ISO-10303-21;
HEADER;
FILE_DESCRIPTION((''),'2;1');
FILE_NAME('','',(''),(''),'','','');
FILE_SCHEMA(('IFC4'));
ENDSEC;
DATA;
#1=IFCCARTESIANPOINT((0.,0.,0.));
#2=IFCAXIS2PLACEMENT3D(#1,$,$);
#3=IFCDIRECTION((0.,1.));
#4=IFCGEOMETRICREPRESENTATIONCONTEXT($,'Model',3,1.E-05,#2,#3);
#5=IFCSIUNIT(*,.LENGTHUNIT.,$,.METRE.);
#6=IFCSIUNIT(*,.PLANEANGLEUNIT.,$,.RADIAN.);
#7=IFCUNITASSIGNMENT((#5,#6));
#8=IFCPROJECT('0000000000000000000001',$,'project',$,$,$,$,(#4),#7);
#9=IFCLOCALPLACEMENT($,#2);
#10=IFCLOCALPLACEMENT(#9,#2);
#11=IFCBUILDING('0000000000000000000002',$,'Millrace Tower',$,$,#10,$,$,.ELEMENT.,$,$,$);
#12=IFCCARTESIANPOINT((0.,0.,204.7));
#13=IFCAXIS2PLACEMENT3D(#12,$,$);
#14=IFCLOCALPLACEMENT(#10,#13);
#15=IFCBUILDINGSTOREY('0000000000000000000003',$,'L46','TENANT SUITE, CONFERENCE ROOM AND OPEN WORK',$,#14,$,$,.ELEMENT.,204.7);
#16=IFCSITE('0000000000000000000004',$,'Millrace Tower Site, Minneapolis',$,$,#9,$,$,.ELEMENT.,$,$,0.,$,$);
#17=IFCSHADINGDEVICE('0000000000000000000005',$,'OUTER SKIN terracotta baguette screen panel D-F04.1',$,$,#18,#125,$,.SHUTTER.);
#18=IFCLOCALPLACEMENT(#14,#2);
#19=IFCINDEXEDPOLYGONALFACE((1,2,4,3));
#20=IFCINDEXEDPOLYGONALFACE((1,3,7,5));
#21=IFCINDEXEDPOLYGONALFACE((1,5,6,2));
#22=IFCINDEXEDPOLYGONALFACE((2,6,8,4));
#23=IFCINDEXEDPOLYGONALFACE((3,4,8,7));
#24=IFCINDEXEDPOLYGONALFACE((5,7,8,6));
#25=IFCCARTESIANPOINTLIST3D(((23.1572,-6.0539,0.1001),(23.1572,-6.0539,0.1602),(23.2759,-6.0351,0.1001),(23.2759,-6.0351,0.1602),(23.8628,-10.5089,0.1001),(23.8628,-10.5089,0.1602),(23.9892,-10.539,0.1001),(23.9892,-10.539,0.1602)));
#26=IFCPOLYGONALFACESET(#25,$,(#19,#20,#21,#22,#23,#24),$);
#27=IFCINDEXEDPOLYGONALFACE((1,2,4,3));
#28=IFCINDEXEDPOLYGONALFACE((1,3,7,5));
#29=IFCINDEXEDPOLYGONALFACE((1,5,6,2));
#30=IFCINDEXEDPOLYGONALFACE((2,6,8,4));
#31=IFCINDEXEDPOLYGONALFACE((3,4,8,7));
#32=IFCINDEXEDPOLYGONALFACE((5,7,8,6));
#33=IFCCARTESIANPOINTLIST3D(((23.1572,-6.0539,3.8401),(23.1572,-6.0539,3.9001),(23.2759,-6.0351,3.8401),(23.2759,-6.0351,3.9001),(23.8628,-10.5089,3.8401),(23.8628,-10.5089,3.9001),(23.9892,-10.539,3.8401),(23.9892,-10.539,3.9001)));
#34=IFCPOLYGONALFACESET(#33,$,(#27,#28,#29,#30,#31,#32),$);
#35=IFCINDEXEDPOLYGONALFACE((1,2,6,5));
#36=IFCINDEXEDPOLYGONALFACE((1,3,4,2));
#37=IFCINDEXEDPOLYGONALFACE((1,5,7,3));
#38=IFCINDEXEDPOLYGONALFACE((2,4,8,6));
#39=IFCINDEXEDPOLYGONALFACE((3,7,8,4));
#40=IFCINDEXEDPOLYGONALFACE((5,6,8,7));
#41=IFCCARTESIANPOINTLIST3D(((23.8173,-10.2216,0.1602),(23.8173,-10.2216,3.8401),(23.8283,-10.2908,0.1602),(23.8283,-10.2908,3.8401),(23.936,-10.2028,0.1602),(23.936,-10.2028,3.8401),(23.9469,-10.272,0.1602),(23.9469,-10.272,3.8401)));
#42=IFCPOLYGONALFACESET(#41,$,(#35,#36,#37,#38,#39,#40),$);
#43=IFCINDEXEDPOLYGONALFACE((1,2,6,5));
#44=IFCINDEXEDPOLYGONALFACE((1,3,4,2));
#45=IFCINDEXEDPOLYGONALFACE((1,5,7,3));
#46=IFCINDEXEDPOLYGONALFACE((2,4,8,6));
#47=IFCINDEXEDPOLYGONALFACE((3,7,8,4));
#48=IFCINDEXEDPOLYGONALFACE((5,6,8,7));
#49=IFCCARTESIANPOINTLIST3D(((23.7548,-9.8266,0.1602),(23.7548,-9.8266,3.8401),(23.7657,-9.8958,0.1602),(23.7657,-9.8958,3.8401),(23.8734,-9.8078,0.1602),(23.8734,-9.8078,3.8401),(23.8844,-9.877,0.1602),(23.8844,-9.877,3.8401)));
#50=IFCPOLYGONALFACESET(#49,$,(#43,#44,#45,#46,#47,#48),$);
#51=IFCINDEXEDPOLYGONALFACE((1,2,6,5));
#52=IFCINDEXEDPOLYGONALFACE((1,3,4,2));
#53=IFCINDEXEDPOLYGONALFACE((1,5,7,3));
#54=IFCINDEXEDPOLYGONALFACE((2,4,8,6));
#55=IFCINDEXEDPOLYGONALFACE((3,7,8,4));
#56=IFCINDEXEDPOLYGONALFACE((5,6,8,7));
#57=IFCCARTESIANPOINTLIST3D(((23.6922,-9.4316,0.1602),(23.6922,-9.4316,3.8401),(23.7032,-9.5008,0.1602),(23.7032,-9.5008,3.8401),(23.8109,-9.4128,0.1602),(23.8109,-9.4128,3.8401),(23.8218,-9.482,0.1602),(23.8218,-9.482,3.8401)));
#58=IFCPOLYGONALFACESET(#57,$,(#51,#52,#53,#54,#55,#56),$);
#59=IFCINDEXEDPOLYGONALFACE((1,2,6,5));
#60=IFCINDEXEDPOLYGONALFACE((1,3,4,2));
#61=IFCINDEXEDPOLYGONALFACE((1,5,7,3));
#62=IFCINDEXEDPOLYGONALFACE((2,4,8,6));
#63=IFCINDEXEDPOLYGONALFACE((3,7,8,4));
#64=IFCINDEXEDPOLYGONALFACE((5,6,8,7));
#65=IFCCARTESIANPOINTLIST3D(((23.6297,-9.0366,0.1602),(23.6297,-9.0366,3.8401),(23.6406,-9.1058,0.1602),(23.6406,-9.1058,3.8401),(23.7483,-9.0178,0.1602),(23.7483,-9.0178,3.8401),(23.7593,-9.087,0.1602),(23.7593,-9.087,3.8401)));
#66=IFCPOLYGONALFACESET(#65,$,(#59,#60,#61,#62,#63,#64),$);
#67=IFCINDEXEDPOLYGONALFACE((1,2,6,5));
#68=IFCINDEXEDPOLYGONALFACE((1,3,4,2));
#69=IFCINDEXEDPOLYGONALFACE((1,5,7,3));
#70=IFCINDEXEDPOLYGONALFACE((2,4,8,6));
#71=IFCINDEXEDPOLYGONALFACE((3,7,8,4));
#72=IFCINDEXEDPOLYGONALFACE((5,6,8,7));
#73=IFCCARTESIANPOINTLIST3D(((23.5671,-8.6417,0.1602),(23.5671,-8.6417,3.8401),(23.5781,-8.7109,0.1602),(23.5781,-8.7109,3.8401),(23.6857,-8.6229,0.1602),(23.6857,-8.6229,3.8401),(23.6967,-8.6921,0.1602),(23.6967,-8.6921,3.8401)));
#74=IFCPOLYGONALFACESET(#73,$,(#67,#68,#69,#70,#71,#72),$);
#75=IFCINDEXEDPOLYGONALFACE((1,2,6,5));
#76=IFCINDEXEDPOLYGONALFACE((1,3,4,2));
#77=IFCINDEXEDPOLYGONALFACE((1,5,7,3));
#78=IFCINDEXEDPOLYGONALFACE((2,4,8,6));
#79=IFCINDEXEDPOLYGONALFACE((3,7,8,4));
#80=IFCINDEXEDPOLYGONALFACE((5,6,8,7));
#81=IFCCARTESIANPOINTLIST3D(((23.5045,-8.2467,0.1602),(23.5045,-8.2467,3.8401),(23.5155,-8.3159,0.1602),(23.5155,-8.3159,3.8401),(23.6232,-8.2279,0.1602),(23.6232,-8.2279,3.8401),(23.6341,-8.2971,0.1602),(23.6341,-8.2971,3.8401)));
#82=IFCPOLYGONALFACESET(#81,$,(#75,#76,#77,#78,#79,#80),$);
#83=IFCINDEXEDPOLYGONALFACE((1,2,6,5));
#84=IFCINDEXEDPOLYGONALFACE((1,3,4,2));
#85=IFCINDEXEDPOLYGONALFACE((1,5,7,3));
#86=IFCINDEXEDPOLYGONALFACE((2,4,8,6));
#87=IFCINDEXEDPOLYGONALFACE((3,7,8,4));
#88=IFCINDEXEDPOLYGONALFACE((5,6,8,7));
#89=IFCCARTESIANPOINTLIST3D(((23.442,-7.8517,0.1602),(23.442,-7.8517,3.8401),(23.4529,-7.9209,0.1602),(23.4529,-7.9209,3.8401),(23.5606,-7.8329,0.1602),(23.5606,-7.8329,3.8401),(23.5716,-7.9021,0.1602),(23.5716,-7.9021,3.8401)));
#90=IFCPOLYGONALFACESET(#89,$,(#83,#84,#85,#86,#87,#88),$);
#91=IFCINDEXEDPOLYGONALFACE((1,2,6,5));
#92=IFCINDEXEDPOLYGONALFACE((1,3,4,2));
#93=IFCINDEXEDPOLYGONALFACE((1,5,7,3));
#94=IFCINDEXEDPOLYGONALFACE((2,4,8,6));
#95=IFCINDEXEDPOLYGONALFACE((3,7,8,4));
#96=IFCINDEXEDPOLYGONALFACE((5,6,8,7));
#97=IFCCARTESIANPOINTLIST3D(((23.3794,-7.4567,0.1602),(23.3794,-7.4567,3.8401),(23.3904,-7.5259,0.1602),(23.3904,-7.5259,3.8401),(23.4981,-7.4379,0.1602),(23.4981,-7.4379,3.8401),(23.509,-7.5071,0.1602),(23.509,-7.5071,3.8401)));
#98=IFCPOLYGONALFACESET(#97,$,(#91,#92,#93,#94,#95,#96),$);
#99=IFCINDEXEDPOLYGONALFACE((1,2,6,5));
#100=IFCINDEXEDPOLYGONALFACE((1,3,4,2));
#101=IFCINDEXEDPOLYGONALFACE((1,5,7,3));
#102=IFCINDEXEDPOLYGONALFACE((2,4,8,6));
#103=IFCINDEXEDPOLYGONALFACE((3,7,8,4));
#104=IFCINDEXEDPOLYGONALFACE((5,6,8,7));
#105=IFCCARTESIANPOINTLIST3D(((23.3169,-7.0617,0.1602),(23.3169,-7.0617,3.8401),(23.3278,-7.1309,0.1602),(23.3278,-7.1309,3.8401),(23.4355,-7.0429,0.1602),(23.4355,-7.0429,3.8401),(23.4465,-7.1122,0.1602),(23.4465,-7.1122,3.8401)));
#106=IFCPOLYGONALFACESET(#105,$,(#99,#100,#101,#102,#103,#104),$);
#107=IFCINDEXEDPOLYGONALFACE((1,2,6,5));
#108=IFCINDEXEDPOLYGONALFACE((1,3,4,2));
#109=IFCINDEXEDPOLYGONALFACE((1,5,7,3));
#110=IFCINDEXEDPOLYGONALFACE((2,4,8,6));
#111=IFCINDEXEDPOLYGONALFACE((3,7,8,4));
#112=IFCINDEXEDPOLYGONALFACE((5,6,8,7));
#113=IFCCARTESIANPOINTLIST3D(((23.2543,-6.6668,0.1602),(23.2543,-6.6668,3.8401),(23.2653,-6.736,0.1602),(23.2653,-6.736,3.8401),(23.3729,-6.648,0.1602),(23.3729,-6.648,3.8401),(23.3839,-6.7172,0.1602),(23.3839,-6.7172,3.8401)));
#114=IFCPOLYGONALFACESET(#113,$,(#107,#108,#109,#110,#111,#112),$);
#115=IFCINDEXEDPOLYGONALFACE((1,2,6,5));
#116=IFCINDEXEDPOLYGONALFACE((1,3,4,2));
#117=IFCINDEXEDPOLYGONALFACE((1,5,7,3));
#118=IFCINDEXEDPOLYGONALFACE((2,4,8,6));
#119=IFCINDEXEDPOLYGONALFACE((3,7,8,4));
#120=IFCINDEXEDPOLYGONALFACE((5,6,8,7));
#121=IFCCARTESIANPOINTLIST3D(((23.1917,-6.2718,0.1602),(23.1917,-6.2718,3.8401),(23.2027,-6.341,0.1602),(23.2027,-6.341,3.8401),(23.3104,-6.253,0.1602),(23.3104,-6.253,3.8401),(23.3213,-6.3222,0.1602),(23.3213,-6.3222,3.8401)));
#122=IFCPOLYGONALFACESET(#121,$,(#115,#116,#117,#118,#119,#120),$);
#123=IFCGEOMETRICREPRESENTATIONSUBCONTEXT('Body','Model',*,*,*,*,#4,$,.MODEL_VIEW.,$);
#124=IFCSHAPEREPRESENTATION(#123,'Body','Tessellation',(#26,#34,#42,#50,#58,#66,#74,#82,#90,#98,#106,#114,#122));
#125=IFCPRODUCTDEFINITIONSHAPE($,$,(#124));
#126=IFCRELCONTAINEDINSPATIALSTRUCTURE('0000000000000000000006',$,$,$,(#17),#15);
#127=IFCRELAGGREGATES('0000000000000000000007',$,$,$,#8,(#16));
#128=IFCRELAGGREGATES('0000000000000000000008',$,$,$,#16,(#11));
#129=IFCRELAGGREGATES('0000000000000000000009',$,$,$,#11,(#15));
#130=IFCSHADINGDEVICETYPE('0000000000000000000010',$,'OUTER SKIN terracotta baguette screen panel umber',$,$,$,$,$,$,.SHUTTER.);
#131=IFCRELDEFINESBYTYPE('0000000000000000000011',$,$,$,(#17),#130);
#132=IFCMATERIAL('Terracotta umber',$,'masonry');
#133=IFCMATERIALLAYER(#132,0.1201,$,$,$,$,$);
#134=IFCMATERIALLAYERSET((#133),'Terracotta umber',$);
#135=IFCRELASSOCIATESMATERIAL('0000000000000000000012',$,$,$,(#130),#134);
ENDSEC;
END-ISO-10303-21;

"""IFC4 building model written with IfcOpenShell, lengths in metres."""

from ifc_helpers import new_model, entity, si_unit, direction, frame, frame_2d, origin, place, context, subcontext, project, spatial, rectangle, extrude, source, transform, mapped, material, layer, layer_set, type_object, element, save


model = new_model("IFC4")

# Units and contexts
model_context = context("Model", 3, precision=1e-05, world=origin(), true_north=direction((0.0, 1.0)))
body_context = subcontext(model_context, "Body", "Model", "MODEL_VIEW")
ifc_project = project(units=[si_unit("LENGTHUNIT", "METRE"), si_unit("PLANEANGLEUNIT", "RADIAN")], contexts=[model_context])

# Site, building, storey
site_placement = place(None, origin())
site = spatial("IfcSite", under=ifc_project, at=site_placement, Name="Millrace Tower Site, Minneapolis", CompositionType="ELEMENT", RefElevation=0.0)
building_placement = place(site_placement, origin())
building = spatial("IfcBuilding", under=site, at=building_placement, Name="Millrace Tower", CompositionType="ELEMENT")
storey_placement = place(building_placement, frame((0.0, 0.0, 204.7)))
storey = spatial("IfcBuildingStorey", under=building, at=storey_placement, Name="L46", Description="TENANT SUITE, CONFERENCE ROOM AND OPEN WORK", CompositionType="ELEMENT", Elevation=204.7)

# Shading device
ifc_material_1 = material(Name="Terracotta umber", Category="masonry")
ifc_layer_1 = layer(ifc_material_1, 0.1201)
ifc_layer_set_1 = layer_set([ifc_layer_1], Name="Terracotta umber")
shading_device_type = type_object("IfcShadingDeviceType", Name="OUTER SKIN terracotta baguette screen panel umber", PredefinedType="SHUTTER", material=ifc_layer_set_1)
cartesian_point_1 = entity("IfcCartesianPoint", [-2.2429, 0.0601])
shared_polyline_1 = entity("IfcPolyline", [cartesian_point_1, entity("IfcCartesianPoint", [2.2676, 0.0601]), entity("IfcCartesianPoint", [2.2676, -0.0601]), entity("IfcCartesianPoint", [-2.2925, -0.0601]), cartesian_point_1])
shared_shape_1 = source(origin(), body_context, "Body", "SweptSolid", [
    entity("IfcExtrudedAreaSolid", entity("IfcArbitraryClosedProfileDef", "AREA", None, shared_polyline_1), entity("IfcAxis2Placement3D", entity("IfcCartesianPoint", [0.0, 0.0, 0.0])), entity("IfcDirection", [0.0, 0.0, 1.0]), 0.0601),
    entity("IfcExtrudedAreaSolid", entity("IfcArbitraryClosedProfileDef", "AREA", None, shared_polyline_1), entity("IfcAxis2Placement3D", entity("IfcCartesianPoint", [0.0, 0.0, 3.74])), entity("IfcDirection", [0.0, 0.0, 1.0]), 0.0601),
    extrude(rectangle(XDim=0.0701, YDim=0.1201, at=frame_2d((-1.9871, 0.0))), frame((0.0, 0.0, 0.0601)), (0.0, 0.0, 1.0), 3.6799),
    extrude(rectangle(XDim=0.0701, YDim=0.1201, at=frame_2d((-1.5872, 0.0))), frame((0.0, 0.0, 0.0601)), (0.0, 0.0, 1.0), 3.6799),
    extrude(rectangle(XDim=0.0701, YDim=0.1201, at=frame_2d((-1.1873, 0.0))), frame((0.0, 0.0, 0.0601)), (0.0, 0.0, 1.0), 3.6799),
    extrude(rectangle(XDim=0.0701, YDim=0.1201, at=frame_2d((-0.7874, 0.0))), frame((0.0, 0.0, 0.0601)), (0.0, 0.0, 1.0), 3.6799),
    extrude(rectangle(XDim=0.0701, YDim=0.1201, at=frame_2d((-0.3875, 0.0))), frame((0.0, 0.0, 0.0601)), (0.0, 0.0, 1.0), 3.6799),
    extrude(rectangle(XDim=0.0701, YDim=0.1201, at=frame_2d((0.0125, 0.0))), frame((0.0, 0.0, 0.0601)), (0.0, 0.0, 1.0), 3.6799),
    extrude(rectangle(XDim=0.0701, YDim=0.1201, at=frame_2d((0.4124, 0.0))), frame((0.0, 0.0, 0.0601)), (0.0, 0.0, 1.0), 3.6799),
    extrude(rectangle(XDim=0.0701, YDim=0.1201, at=frame_2d((0.8123, 0.0))), frame((0.0, 0.0, 0.0601)), (0.0, 0.0, 1.0), 3.6799),
    extrude(rectangle(XDim=0.0701, YDim=0.1201, at=frame_2d((1.2122, 0.0))), frame((0.0, 0.0, 0.0601)), (0.0, 0.0, 1.0), 3.6799),
    extrude(rectangle(XDim=0.0701, YDim=0.1201, at=frame_2d((1.6121, 0.0))), frame((0.0, 0.0, 0.0601)), (0.0, 0.0, 1.0), 3.6799),
    extrude(rectangle(XDim=0.0701, YDim=0.1201, at=frame_2d((2.012, 0.0))), frame((0.0, 0.0, 0.0601)), (0.0, 0.0, 1.0), 3.6799),
])
shading_device_1_placement = place(storey_placement, frame((23.5713, -8.2842, 0.1001), z_axis=(0.0, 0.0, 1.0), x_axis=(-0.156434, 0.987688, 0.0)))
element("IfcShadingDevice", 1, at=shading_device_1_placement, inside=storey, type_object=shading_device_type, Name="OUTER SKIN terracotta baguette screen panel D-F04.1", PredefinedType="SHUTTER", context=body_context, shape_type="MappedRepresentation", body=[
    mapped(shared_shape_1, transform((0.0, 0.0, 0.0), scale=1.0)),
])

save(model, "model.ifc")
